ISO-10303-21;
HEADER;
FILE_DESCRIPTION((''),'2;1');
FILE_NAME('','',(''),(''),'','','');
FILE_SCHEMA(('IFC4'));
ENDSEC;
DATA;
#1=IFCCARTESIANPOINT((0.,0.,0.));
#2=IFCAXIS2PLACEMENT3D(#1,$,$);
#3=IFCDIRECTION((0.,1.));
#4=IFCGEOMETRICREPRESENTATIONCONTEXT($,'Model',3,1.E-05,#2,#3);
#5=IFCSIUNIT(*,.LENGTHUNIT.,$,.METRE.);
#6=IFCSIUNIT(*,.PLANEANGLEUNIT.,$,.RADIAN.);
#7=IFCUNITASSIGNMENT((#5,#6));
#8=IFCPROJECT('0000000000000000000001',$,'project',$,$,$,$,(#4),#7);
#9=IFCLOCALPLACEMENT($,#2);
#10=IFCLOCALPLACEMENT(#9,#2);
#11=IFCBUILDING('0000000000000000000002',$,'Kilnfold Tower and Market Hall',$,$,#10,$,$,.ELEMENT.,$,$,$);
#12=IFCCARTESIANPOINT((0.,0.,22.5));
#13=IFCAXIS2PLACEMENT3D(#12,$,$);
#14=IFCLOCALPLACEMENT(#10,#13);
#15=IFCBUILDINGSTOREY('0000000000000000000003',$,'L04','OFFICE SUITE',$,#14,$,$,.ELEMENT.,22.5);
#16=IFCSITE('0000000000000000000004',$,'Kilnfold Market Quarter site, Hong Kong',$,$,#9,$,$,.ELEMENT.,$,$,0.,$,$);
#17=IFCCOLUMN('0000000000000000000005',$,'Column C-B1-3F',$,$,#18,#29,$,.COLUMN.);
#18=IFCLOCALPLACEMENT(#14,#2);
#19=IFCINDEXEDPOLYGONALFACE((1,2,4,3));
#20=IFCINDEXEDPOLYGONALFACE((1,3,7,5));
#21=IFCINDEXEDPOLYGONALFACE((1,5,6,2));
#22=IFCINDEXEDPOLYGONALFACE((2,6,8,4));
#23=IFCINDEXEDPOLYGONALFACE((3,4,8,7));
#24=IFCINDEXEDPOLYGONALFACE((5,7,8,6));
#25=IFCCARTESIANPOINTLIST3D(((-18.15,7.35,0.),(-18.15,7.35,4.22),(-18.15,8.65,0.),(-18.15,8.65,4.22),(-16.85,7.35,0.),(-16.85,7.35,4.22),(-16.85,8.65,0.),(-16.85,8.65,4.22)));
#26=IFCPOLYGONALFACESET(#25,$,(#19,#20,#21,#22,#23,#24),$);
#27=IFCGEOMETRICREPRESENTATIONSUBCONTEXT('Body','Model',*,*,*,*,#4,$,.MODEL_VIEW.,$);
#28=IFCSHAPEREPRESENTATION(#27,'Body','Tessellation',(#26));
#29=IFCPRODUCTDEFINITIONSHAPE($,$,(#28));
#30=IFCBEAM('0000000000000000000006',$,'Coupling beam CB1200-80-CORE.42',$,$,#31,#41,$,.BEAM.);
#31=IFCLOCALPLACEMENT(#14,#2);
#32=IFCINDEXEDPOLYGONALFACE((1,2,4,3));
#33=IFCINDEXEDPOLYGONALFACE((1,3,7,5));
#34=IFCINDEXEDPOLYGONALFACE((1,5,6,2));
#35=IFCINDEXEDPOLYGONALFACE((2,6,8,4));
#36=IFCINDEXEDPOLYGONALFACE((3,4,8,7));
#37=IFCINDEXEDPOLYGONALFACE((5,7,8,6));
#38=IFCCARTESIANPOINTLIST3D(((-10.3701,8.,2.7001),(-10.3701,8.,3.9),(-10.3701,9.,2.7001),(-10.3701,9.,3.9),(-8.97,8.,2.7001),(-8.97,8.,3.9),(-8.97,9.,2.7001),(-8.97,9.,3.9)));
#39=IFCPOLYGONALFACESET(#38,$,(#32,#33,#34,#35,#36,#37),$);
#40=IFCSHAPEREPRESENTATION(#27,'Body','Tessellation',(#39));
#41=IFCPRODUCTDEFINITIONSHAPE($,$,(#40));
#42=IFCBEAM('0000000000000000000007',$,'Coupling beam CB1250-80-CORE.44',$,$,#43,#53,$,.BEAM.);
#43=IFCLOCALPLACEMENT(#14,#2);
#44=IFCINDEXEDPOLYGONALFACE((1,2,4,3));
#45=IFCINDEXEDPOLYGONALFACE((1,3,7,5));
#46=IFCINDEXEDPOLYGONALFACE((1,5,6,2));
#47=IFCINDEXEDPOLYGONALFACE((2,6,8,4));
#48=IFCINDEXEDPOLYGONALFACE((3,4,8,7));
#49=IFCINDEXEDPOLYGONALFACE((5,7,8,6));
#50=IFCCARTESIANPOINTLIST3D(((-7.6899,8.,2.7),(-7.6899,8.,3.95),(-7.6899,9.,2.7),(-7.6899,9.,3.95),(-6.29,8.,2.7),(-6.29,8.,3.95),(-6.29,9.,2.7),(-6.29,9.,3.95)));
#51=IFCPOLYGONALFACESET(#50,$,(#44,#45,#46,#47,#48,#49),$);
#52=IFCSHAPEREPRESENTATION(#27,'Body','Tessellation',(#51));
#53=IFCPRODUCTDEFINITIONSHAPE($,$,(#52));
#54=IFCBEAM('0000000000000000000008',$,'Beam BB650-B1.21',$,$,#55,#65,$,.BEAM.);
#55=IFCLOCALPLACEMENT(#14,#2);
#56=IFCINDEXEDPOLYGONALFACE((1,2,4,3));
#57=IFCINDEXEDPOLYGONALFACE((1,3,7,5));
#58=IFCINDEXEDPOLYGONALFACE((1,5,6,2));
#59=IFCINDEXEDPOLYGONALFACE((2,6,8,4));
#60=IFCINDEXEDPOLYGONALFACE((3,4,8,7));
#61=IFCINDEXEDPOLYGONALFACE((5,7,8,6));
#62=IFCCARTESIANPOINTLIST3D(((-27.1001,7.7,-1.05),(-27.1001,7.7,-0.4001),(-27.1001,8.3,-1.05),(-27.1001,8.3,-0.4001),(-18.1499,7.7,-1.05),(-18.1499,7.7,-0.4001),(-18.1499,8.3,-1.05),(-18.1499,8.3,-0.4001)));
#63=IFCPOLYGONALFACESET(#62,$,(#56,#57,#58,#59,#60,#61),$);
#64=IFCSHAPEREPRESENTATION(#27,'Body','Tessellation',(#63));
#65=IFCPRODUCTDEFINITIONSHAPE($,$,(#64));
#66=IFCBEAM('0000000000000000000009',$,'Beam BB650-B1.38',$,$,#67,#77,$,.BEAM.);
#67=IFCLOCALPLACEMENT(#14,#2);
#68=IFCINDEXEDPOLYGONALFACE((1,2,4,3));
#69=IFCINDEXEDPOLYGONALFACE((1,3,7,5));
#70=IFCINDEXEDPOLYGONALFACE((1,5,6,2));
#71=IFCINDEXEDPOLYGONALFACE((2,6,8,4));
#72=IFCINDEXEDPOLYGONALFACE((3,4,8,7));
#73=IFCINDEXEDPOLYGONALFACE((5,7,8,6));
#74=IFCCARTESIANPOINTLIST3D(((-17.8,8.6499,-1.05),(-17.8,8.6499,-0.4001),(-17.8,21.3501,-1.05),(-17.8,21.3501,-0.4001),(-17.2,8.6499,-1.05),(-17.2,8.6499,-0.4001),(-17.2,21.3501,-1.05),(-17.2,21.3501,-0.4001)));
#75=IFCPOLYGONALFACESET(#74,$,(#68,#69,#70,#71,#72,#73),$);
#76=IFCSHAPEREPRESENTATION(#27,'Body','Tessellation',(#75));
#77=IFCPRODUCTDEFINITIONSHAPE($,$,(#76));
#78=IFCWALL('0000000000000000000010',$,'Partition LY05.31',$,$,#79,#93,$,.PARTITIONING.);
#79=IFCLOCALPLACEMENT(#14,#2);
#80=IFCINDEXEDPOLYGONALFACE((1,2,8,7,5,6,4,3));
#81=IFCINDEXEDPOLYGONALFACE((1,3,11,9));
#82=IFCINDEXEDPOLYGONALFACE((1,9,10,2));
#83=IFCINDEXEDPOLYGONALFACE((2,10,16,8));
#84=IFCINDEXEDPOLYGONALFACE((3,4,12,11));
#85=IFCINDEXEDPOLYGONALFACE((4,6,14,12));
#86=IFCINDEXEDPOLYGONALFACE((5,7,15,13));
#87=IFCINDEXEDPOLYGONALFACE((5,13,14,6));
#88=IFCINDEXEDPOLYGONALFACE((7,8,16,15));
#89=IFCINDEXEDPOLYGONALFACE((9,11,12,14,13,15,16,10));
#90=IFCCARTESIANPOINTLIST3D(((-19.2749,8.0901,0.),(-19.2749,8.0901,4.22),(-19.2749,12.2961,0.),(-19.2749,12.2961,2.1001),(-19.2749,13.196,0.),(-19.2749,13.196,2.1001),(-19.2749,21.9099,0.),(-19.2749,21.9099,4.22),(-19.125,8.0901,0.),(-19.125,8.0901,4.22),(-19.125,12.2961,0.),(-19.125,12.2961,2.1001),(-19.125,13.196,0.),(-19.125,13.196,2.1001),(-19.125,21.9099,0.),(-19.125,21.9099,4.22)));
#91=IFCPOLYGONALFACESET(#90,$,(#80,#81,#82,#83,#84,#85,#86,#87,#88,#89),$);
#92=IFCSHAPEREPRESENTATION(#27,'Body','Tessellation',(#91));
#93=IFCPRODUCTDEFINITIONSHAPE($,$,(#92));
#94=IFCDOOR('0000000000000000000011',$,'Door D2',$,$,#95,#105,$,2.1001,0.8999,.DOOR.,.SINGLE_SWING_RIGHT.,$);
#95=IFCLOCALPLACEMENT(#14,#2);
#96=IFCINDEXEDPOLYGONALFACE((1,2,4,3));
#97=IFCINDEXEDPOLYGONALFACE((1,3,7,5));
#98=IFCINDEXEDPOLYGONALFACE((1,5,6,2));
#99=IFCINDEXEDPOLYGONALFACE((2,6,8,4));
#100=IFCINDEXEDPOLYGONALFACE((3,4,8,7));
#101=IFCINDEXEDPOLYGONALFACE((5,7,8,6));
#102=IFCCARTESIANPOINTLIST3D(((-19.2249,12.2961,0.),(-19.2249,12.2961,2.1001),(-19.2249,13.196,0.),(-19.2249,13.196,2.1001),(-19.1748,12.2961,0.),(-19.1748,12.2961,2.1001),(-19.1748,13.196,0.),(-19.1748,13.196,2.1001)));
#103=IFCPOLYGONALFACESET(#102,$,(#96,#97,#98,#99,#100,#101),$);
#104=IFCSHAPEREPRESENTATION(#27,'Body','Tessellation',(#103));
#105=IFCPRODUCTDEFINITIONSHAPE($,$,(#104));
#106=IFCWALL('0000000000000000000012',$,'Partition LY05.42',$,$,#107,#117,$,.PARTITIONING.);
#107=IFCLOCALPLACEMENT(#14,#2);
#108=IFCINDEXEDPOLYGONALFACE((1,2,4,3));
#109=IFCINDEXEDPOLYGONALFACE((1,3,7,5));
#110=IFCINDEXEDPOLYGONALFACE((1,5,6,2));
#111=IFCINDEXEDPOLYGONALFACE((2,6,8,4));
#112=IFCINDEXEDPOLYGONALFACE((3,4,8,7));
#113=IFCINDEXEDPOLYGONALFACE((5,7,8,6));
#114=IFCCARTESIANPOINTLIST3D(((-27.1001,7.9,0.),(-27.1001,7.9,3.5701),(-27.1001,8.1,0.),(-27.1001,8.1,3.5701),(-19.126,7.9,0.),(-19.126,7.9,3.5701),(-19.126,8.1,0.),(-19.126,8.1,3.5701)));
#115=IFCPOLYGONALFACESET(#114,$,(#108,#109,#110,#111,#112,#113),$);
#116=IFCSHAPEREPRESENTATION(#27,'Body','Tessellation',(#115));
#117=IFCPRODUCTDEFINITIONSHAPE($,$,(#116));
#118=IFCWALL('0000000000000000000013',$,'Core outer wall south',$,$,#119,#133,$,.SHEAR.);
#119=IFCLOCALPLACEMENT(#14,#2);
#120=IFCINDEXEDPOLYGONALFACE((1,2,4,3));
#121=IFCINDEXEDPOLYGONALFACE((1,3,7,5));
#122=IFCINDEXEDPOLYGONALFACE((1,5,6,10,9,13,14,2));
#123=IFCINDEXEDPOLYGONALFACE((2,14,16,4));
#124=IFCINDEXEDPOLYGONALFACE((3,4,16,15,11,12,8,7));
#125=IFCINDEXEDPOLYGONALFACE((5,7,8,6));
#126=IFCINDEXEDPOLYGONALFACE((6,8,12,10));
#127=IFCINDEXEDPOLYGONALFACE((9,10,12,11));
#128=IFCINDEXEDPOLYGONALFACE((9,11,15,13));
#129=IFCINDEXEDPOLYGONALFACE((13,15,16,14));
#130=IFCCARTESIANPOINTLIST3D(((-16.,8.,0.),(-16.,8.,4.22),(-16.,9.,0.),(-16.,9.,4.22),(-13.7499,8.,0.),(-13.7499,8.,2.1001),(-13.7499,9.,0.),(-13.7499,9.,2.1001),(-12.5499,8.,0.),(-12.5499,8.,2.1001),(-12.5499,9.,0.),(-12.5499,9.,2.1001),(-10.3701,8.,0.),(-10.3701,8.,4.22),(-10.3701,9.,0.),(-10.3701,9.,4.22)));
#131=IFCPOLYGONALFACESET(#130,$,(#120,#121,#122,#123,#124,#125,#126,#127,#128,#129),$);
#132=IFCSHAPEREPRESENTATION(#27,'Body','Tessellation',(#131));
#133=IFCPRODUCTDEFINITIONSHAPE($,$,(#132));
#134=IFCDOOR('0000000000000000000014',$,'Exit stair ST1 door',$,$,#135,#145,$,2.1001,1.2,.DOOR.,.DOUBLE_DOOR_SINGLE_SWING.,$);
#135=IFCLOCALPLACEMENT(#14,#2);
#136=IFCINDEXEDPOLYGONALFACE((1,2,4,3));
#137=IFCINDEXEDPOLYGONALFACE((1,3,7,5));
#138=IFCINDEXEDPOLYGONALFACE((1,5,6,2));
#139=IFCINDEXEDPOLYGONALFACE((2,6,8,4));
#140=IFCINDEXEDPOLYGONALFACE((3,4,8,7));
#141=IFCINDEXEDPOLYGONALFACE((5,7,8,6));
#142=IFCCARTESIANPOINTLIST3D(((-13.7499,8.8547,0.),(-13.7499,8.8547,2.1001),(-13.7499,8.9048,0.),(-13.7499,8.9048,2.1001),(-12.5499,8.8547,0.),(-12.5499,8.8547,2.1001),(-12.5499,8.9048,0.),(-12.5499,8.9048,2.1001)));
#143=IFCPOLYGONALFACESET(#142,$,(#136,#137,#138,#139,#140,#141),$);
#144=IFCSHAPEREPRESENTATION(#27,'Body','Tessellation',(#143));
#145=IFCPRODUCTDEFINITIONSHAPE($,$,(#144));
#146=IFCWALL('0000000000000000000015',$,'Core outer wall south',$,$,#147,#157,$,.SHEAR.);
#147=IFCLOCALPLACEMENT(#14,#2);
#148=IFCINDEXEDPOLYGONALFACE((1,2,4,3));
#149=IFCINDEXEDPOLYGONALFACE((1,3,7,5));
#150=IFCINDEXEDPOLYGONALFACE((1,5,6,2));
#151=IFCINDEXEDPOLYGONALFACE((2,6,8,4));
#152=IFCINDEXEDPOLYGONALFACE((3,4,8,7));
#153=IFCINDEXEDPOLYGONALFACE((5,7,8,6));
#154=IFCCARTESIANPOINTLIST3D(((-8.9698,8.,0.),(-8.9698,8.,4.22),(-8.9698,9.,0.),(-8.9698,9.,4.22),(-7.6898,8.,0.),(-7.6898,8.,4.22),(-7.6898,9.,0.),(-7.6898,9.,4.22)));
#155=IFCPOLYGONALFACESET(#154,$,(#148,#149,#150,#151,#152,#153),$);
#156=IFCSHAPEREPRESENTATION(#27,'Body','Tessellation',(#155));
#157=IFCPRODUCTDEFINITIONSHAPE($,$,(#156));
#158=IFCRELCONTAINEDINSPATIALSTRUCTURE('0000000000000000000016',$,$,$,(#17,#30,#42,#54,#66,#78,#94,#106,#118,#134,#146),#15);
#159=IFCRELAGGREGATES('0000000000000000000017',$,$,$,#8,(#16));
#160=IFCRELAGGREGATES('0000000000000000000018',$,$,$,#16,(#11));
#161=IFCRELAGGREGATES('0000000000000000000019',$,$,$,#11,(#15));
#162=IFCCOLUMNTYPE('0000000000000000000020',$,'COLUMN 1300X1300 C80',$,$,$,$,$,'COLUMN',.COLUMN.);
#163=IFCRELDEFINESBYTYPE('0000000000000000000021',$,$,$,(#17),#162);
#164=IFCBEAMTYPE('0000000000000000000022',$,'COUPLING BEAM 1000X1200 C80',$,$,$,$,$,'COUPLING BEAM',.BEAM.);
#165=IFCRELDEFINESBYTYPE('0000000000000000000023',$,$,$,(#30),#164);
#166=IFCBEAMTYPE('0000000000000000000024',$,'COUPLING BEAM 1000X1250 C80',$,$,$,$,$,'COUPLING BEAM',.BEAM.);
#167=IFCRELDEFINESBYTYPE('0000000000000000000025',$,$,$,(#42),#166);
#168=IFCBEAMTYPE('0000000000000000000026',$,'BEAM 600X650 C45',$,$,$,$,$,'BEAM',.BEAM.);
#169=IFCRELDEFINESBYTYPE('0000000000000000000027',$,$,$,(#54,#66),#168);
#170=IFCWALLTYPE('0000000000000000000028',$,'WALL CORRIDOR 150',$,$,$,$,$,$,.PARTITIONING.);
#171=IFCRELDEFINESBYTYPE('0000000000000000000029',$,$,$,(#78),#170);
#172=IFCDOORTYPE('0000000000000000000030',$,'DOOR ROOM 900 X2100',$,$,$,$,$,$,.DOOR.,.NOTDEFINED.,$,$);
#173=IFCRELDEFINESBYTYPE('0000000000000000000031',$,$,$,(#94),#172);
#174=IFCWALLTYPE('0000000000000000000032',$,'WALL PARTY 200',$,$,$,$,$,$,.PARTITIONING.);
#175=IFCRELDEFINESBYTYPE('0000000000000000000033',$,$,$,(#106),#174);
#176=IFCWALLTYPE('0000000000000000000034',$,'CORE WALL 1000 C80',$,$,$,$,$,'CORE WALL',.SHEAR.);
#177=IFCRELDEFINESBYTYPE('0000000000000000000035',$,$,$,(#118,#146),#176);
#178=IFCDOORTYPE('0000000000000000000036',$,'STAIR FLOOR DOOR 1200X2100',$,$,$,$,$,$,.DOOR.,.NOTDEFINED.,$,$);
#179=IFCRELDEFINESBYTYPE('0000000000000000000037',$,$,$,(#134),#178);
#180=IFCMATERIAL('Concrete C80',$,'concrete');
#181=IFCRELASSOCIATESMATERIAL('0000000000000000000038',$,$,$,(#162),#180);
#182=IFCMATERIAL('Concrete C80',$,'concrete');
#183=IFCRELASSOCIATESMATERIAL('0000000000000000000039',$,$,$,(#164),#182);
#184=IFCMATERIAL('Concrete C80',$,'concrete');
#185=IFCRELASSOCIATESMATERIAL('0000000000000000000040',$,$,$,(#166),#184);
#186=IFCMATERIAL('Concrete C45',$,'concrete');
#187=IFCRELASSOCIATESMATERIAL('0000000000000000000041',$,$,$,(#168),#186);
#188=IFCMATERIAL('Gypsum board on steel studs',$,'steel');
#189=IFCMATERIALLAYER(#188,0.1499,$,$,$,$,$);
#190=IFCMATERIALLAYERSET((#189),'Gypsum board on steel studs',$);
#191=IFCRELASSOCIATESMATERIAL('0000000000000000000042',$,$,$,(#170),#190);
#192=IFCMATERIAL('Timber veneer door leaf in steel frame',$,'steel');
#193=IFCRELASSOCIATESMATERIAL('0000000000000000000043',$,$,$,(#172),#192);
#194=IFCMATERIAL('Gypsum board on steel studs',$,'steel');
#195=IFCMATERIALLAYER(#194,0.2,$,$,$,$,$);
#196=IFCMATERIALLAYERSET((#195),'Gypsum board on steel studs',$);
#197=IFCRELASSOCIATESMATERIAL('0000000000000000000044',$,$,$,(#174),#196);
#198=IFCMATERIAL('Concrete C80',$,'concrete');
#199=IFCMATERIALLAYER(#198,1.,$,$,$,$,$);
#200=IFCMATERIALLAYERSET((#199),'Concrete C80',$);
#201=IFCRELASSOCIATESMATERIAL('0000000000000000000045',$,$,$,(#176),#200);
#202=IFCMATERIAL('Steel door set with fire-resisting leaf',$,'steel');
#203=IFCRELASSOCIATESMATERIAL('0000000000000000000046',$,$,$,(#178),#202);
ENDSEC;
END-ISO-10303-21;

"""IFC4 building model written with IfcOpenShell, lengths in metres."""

from ifc_helpers import new_model, si_unit, direction, frame, frame_2d, origin, origin_2d, place, context, subcontext, project, spatial, rectangle, extrude, source, transform, mapped, material, layer, layer_set, material_profile, profile_set, type_object, element, fill, save


model = new_model("IFC4")

# Units and contexts
model_context = context("Model", 3, precision=1e-05, world=origin(), true_north=direction((0.0, 1.0)))
body_context = subcontext(model_context, "Body", "Model", "MODEL_VIEW")
ifc_project = project(units=[si_unit("LENGTHUNIT", "METRE"), si_unit("PLANEANGLEUNIT", "RADIAN")], contexts=[model_context])

# Site, building, storey
site_placement = place(None, origin())
site = spatial("IfcSite", under=ifc_project, at=site_placement, Name="Kilnfold Market Quarter site, Hong Kong", CompositionType="ELEMENT", RefElevation=0.0)
building_placement = place(site_placement, origin())
building = spatial("IfcBuilding", under=site, at=building_placement, Name="Kilnfold Tower and Market Hall", CompositionType="ELEMENT")
storey_placement = place(building_placement, frame((0.0, 0.0, 22.5)))
storey = spatial("IfcBuildingStorey", under=building, at=storey_placement, Name="L04", Description="OFFICE SUITE", CompositionType="ELEMENT", Elevation=22.5)

# Column
ifc_material_1 = material(Name="Concrete C80", Category="concrete")
ifc_material_profile_1 = material_profile(ifc_material_1, rectangle(XDim=1.3, YDim=1.3, at=origin_2d()), Name="RC 1300x1300")
ifc_profile_set_1 = profile_set([ifc_material_profile_1], Name="Concrete C80")
column_type = type_object("IfcColumnType", Name="COLUMN 1300X1300 C80", ElementType="COLUMN", PredefinedType="COLUMN", material=ifc_profile_set_1)
shared_shape_1 = source(origin(), body_context, "Body", "SweptSolid", [
    extrude(rectangle(XDim=1.3, YDim=1.3, at=origin_2d()), origin(), (0.0, 0.0, 1.0), 4.22),
])
column_placement = place(storey_placement, frame((-17.5, 8.0, 0.0), z_axis=(0.0, 0.0, 1.0), x_axis=(1.0, 0.0, 0.0)))
element("IfcColumn", 1, at=column_placement, inside=storey, type_object=column_type, Name="Column C-B1-3F", PredefinedType="COLUMN", context=body_context, shape_type="MappedRepresentation", body=[
    mapped(shared_shape_1, transform((0.0, 0.0, 0.0))),
])

# Beams
ifc_material_2 = material(Name="Concrete C80", Category="concrete")
ifc_material_profile_2 = material_profile(ifc_material_2, rectangle(XDim=1.0, YDim=1.2, at=origin_2d()), Name="RC 1000x1200")
ifc_profile_set_2 = profile_set([ifc_material_profile_2], Name="Concrete C80")
beam_type_1 = type_object("IfcBeamType", Name="COUPLING BEAM 1000X1200 C80", ElementType="COUPLING BEAM", PredefinedType="BEAM", material=ifc_profile_set_2)
shared_shape_2 = source(origin(), body_context, "Body", "SweptSolid", [
    extrude(rectangle(XDim=1.0, YDim=1.2, at=origin_2d()), origin(), (0.0, 0.0, 1.0), 1.4001),
])
beam_1_placement = place(storey_placement, frame((-10.3701, 8.5, 3.3), z_axis=(1.0, 0.0, 0.0), x_axis=(0.0, 1.0, 0.0)))
element("IfcBeam", 2, at=beam_1_placement, inside=storey, type_object=beam_type_1, Name="Coupling beam CB1200-80-CORE.42", PredefinedType="BEAM", context=body_context, shape_type="MappedRepresentation", body=[
    mapped(shared_shape_2, transform((0.0, 0.0, 0.0))),
])
ifc_material_3 = material(Name="Concrete C80", Category="concrete")
ifc_material_profile_3 = material_profile(ifc_material_3, rectangle(XDim=1.0, YDim=1.25, at=origin_2d()), Name="RC 1000x1250")
ifc_profile_set_3 = profile_set([ifc_material_profile_3], Name="Concrete C80")
beam_type_2 = type_object("IfcBeamType", Name="COUPLING BEAM 1000X1250 C80", ElementType="COUPLING BEAM", PredefinedType="BEAM", material=ifc_profile_set_3)
shared_shape_3 = source(origin(), body_context, "Body", "SweptSolid", [
    extrude(rectangle(XDim=1.0, YDim=1.25, at=origin_2d()), origin(), (0.0, 0.0, 1.0), 1.3999),
])
beam_2_placement = place(storey_placement, frame((-7.6899, 8.5, 3.325), z_axis=(1.0, 0.0, 0.0), x_axis=(0.0, 1.0, 0.0)))
element("IfcBeam", 3, at=beam_2_placement, inside=storey, type_object=beam_type_2, Name="Coupling beam CB1250-80-CORE.44", PredefinedType="BEAM", context=body_context, shape_type="MappedRepresentation", body=[
    mapped(shared_shape_3, transform((0.0, 0.0, 0.0))),
])
ifc_material_4 = material(Name="Concrete C45", Category="concrete")
ifc_material_profile_4 = material_profile(ifc_material_4, rectangle(XDim=0.6001, YDim=0.6499, at=origin_2d()), Name="RC 600x650")
ifc_profile_set_4 = profile_set([ifc_material_profile_4], Name="Concrete C45")
beam_type_3 = type_object("IfcBeamType", Name="BEAM 600X650 C45", ElementType="BEAM", PredefinedType="BEAM", material=ifc_profile_set_4)
shared_shape_4 = source(origin(), body_context, "Body", "SweptSolid", [
    extrude(rectangle(XDim=0.6001, YDim=0.6499, at=origin_2d()), origin(), (0.0, 0.0, 1.0), 8.9502),
])
beam_3_placement = place(storey_placement, frame((-27.1001, 8.0, -0.7251), z_axis=(1.0, 0.0, 0.0), x_axis=(0.0, 1.0, 0.0)))
element("IfcBeam", 4, at=beam_3_placement, inside=storey, type_object=beam_type_3, Name="Beam BB650-B1.21", PredefinedType="BEAM", context=body_context, shape_type="MappedRepresentation", body=[
    mapped(shared_shape_4, transform((0.0, 0.0, 0.0))),
])
shared_shape_5 = source(origin(), body_context, "Body", "SweptSolid", [
    extrude(rectangle(XDim=0.6001, YDim=0.6499, at=origin_2d()), origin(), (0.0, 0.0, 1.0), 12.7002),
])
beam_4_placement = place(storey_placement, frame((-17.5, 8.6499, -0.7251), z_axis=(0.0, 1.0, 0.0), x_axis=(-1.0, 0.0, 0.0)))
element("IfcBeam", 5, at=beam_4_placement, inside=storey, type_object=beam_type_3, Name="Beam BB650-B1.38", PredefinedType="BEAM", context=body_context, shape_type="MappedRepresentation", body=[
    mapped(shared_shape_5, transform((0.0, 0.0, 0.0))),
])

# Wall, opening, door
ifc_material_5 = material(Name="Gypsum board on steel studs", Category="steel")
ifc_layer_1 = layer(ifc_material_5, 0.1499)
ifc_layer_set_1 = layer_set([ifc_layer_1], Name="Gypsum board on steel studs")
wall_type_1 = type_object("IfcWallType", Name="WALL CORRIDOR 150", PredefinedType="PARTITIONING", material=ifc_layer_set_1)
wall_1_placement = place(storey_placement, frame((-19.2, 8.0901, 0.0), z_axis=(0.0, 0.0, 1.0), x_axis=(0.0, 1.0, 0.0)))
wall_1 = element("IfcWall", 6, at=wall_1_placement, inside=storey, type_object=wall_type_1, Name="Partition LY05.31", PredefinedType="PARTITIONING", context=body_context, shape_type="SweptSolid", body=[
    extrude(rectangle(XDim=13.8198, YDim=0.1499, at=frame_2d((6.9099, 0.0))), origin(), (0.0, 0.0, 1.0), 4.22),
])
opening_1_placement = place(wall_1_placement, frame((4.2061, 0.0, 0.0)))
opening_1 = element("IfcOpeningElement", 7, at=opening_1_placement, cuts=wall_1, PredefinedType="OPENING", context=body_context, shape_type="SweptSolid", body=[
    extrude(rectangle(XDim=0.8999, YDim=2.1001, at=frame_2d((0.45, 1.05))), frame((0.0, 0.085, 0.0), z_axis=(0.0, -1.0, 0.0), x_axis=(1.0, 0.0, 0.0)), (0.0, 0.0, 1.0), 0.1699),
])
ifc_material_6 = material(Name="Timber veneer door leaf in steel frame", Category="steel")
door_type_1 = type_object("IfcDoorType", Name="DOOR ROOM 900 X2100", OperationType="NOTDEFINED", PredefinedType="DOOR", material=ifc_material_6)
door_1_placement = place(opening_1_placement, origin())
door_1 = element("IfcDoor", 8, at=door_1_placement, inside=storey, type_object=door_type_1, Name="Door D2", OperationType="SINGLE_SWING_RIGHT", OverallHeight=2.1001, OverallWidth=0.8999, PredefinedType="DOOR", context=body_context, shape_type="SweptSolid", body=[
    extrude(rectangle(XDim=0.8999, YDim=2.1001, at=frame_2d((0.45, 1.05))), frame((0.0, 0.0249, 0.0), z_axis=(0.0, -1.0, 0.0), x_axis=(1.0, 0.0, 0.0)), (0.0, 0.0, 1.0), 0.05),
])
fill(opening_1, door_1)

# Wall
ifc_material_7 = material(Name="Gypsum board on steel studs", Category="steel")
ifc_layer_2 = layer(ifc_material_7, 0.2)
ifc_layer_set_2 = layer_set([ifc_layer_2], Name="Gypsum board on steel studs")
wall_type_2 = type_object("IfcWallType", Name="WALL PARTY 200", PredefinedType="PARTITIONING", material=ifc_layer_set_2)
wall_2_placement = place(storey_placement, frame((-27.1001, 8.0, 0.0), z_axis=(0.0, 0.0, 1.0), x_axis=(1.0, 0.0, 0.0)))
element("IfcWall", 9, at=wall_2_placement, inside=storey, type_object=wall_type_2, Name="Partition LY05.42", PredefinedType="PARTITIONING", context=body_context, shape_type="SweptSolid", body=[
    extrude(rectangle(XDim=7.9741, YDim=0.2, at=frame_2d((3.9871, 0.0))), origin(), (0.0, 0.0, 1.0), 3.5701),
])

# Wall, opening, door
ifc_material_8 = material(Name="Concrete C80", Category="concrete")
ifc_layer_3 = layer(ifc_material_8, 1.0)
ifc_layer_set_3 = layer_set([ifc_layer_3], Name="Concrete C80")
wall_type_3 = type_object("IfcWallType", Name="CORE WALL 1000 C80", ElementType="CORE WALL", PredefinedType="SHEAR", material=ifc_layer_set_3)
shared_shape_6 = source(origin(), body_context, "Body", "SweptSolid", [
    extrude(rectangle(XDim=5.6299, YDim=1.0, at=frame_2d((2.8149, 0.0))), origin(), (0.0, 0.0, 1.0), 4.22),
])
wall_3_placement = place(storey_placement, frame((-16.0, 8.5, 0.0), z_axis=(0.0, 0.0, 1.0), x_axis=(1.0, 0.0, 0.0)))
wall_3 = element("IfcWall", 10, at=wall_3_placement, inside=storey, type_object=wall_type_3, Name="Core outer wall south", PredefinedType="SHEAR", context=body_context, shape_type="MappedRepresentation", body=[
    mapped(shared_shape_6, transform((0.0, 0.0, 0.0))),
])
opening_2_placement = place(wall_3_placement, frame((2.25, 0.0, 0.0)))
opening_2 = element("IfcOpeningElement", 11, at=opening_2_placement, cuts=wall_3, PredefinedType="OPENING", context=body_context, shape_type="SweptSolid", body=[
    extrude(rectangle(XDim=1.2, YDim=2.1001, at=frame_2d((0.6001, 1.05))), frame((0.0, 0.51, 0.0), z_axis=(0.0, -1.0, 0.0), x_axis=(1.0, 0.0, 0.0)), (0.0, 0.0, 1.0), 1.02),
])
ifc_material_9 = material(Name="Steel door set with fire-resisting leaf", Category="steel")
door_type_2 = type_object("IfcDoorType", Name="STAIR FLOOR DOOR 1200X2100", OperationType="NOTDEFINED", PredefinedType="DOOR", material=ifc_material_9)
door_2_placement = place(opening_2_placement, origin())
door_2 = element("IfcDoor", 12, at=door_2_placement, inside=storey, type_object=door_type_2, Name="Exit stair ST1 door", OperationType="DOUBLE_DOOR_SINGLE_SWING", OverallHeight=2.1001, OverallWidth=1.2, PredefinedType="DOOR", context=body_context, shape_type="SweptSolid", body=[
    extrude(rectangle(XDim=1.2, YDim=2.1001, at=frame_2d((0.6001, 1.05))), frame((0.0, 0.4048, 0.0), z_axis=(0.0, -1.0, 0.0), x_axis=(1.0, 0.0, 0.0)), (0.0, 0.0, 1.0), 0.05),
])
fill(opening_2, door_2)

# Wall
shared_shape_7 = source(origin(), body_context, "Body", "SweptSolid", [
    extrude(rectangle(XDim=1.28, YDim=1.0, at=frame_2d((0.6401, 0.0))), origin(), (0.0, 0.0, 1.0), 4.22),
])
wall_4_placement = place(storey_placement, frame((-8.97, 8.5, 0.0), z_axis=(0.0, 0.0, 1.0), x_axis=(1.0, 0.0, 0.0)))
element("IfcWall", 13, at=wall_4_placement, inside=storey, type_object=wall_type_3, Name="Core outer wall south", PredefinedType="SHEAR", context=body_context, shape_type="MappedRepresentation", body=[
    mapped(shared_shape_7, transform((0.0, 0.0, 0.0))),
])

save(model, "model.ifc")
